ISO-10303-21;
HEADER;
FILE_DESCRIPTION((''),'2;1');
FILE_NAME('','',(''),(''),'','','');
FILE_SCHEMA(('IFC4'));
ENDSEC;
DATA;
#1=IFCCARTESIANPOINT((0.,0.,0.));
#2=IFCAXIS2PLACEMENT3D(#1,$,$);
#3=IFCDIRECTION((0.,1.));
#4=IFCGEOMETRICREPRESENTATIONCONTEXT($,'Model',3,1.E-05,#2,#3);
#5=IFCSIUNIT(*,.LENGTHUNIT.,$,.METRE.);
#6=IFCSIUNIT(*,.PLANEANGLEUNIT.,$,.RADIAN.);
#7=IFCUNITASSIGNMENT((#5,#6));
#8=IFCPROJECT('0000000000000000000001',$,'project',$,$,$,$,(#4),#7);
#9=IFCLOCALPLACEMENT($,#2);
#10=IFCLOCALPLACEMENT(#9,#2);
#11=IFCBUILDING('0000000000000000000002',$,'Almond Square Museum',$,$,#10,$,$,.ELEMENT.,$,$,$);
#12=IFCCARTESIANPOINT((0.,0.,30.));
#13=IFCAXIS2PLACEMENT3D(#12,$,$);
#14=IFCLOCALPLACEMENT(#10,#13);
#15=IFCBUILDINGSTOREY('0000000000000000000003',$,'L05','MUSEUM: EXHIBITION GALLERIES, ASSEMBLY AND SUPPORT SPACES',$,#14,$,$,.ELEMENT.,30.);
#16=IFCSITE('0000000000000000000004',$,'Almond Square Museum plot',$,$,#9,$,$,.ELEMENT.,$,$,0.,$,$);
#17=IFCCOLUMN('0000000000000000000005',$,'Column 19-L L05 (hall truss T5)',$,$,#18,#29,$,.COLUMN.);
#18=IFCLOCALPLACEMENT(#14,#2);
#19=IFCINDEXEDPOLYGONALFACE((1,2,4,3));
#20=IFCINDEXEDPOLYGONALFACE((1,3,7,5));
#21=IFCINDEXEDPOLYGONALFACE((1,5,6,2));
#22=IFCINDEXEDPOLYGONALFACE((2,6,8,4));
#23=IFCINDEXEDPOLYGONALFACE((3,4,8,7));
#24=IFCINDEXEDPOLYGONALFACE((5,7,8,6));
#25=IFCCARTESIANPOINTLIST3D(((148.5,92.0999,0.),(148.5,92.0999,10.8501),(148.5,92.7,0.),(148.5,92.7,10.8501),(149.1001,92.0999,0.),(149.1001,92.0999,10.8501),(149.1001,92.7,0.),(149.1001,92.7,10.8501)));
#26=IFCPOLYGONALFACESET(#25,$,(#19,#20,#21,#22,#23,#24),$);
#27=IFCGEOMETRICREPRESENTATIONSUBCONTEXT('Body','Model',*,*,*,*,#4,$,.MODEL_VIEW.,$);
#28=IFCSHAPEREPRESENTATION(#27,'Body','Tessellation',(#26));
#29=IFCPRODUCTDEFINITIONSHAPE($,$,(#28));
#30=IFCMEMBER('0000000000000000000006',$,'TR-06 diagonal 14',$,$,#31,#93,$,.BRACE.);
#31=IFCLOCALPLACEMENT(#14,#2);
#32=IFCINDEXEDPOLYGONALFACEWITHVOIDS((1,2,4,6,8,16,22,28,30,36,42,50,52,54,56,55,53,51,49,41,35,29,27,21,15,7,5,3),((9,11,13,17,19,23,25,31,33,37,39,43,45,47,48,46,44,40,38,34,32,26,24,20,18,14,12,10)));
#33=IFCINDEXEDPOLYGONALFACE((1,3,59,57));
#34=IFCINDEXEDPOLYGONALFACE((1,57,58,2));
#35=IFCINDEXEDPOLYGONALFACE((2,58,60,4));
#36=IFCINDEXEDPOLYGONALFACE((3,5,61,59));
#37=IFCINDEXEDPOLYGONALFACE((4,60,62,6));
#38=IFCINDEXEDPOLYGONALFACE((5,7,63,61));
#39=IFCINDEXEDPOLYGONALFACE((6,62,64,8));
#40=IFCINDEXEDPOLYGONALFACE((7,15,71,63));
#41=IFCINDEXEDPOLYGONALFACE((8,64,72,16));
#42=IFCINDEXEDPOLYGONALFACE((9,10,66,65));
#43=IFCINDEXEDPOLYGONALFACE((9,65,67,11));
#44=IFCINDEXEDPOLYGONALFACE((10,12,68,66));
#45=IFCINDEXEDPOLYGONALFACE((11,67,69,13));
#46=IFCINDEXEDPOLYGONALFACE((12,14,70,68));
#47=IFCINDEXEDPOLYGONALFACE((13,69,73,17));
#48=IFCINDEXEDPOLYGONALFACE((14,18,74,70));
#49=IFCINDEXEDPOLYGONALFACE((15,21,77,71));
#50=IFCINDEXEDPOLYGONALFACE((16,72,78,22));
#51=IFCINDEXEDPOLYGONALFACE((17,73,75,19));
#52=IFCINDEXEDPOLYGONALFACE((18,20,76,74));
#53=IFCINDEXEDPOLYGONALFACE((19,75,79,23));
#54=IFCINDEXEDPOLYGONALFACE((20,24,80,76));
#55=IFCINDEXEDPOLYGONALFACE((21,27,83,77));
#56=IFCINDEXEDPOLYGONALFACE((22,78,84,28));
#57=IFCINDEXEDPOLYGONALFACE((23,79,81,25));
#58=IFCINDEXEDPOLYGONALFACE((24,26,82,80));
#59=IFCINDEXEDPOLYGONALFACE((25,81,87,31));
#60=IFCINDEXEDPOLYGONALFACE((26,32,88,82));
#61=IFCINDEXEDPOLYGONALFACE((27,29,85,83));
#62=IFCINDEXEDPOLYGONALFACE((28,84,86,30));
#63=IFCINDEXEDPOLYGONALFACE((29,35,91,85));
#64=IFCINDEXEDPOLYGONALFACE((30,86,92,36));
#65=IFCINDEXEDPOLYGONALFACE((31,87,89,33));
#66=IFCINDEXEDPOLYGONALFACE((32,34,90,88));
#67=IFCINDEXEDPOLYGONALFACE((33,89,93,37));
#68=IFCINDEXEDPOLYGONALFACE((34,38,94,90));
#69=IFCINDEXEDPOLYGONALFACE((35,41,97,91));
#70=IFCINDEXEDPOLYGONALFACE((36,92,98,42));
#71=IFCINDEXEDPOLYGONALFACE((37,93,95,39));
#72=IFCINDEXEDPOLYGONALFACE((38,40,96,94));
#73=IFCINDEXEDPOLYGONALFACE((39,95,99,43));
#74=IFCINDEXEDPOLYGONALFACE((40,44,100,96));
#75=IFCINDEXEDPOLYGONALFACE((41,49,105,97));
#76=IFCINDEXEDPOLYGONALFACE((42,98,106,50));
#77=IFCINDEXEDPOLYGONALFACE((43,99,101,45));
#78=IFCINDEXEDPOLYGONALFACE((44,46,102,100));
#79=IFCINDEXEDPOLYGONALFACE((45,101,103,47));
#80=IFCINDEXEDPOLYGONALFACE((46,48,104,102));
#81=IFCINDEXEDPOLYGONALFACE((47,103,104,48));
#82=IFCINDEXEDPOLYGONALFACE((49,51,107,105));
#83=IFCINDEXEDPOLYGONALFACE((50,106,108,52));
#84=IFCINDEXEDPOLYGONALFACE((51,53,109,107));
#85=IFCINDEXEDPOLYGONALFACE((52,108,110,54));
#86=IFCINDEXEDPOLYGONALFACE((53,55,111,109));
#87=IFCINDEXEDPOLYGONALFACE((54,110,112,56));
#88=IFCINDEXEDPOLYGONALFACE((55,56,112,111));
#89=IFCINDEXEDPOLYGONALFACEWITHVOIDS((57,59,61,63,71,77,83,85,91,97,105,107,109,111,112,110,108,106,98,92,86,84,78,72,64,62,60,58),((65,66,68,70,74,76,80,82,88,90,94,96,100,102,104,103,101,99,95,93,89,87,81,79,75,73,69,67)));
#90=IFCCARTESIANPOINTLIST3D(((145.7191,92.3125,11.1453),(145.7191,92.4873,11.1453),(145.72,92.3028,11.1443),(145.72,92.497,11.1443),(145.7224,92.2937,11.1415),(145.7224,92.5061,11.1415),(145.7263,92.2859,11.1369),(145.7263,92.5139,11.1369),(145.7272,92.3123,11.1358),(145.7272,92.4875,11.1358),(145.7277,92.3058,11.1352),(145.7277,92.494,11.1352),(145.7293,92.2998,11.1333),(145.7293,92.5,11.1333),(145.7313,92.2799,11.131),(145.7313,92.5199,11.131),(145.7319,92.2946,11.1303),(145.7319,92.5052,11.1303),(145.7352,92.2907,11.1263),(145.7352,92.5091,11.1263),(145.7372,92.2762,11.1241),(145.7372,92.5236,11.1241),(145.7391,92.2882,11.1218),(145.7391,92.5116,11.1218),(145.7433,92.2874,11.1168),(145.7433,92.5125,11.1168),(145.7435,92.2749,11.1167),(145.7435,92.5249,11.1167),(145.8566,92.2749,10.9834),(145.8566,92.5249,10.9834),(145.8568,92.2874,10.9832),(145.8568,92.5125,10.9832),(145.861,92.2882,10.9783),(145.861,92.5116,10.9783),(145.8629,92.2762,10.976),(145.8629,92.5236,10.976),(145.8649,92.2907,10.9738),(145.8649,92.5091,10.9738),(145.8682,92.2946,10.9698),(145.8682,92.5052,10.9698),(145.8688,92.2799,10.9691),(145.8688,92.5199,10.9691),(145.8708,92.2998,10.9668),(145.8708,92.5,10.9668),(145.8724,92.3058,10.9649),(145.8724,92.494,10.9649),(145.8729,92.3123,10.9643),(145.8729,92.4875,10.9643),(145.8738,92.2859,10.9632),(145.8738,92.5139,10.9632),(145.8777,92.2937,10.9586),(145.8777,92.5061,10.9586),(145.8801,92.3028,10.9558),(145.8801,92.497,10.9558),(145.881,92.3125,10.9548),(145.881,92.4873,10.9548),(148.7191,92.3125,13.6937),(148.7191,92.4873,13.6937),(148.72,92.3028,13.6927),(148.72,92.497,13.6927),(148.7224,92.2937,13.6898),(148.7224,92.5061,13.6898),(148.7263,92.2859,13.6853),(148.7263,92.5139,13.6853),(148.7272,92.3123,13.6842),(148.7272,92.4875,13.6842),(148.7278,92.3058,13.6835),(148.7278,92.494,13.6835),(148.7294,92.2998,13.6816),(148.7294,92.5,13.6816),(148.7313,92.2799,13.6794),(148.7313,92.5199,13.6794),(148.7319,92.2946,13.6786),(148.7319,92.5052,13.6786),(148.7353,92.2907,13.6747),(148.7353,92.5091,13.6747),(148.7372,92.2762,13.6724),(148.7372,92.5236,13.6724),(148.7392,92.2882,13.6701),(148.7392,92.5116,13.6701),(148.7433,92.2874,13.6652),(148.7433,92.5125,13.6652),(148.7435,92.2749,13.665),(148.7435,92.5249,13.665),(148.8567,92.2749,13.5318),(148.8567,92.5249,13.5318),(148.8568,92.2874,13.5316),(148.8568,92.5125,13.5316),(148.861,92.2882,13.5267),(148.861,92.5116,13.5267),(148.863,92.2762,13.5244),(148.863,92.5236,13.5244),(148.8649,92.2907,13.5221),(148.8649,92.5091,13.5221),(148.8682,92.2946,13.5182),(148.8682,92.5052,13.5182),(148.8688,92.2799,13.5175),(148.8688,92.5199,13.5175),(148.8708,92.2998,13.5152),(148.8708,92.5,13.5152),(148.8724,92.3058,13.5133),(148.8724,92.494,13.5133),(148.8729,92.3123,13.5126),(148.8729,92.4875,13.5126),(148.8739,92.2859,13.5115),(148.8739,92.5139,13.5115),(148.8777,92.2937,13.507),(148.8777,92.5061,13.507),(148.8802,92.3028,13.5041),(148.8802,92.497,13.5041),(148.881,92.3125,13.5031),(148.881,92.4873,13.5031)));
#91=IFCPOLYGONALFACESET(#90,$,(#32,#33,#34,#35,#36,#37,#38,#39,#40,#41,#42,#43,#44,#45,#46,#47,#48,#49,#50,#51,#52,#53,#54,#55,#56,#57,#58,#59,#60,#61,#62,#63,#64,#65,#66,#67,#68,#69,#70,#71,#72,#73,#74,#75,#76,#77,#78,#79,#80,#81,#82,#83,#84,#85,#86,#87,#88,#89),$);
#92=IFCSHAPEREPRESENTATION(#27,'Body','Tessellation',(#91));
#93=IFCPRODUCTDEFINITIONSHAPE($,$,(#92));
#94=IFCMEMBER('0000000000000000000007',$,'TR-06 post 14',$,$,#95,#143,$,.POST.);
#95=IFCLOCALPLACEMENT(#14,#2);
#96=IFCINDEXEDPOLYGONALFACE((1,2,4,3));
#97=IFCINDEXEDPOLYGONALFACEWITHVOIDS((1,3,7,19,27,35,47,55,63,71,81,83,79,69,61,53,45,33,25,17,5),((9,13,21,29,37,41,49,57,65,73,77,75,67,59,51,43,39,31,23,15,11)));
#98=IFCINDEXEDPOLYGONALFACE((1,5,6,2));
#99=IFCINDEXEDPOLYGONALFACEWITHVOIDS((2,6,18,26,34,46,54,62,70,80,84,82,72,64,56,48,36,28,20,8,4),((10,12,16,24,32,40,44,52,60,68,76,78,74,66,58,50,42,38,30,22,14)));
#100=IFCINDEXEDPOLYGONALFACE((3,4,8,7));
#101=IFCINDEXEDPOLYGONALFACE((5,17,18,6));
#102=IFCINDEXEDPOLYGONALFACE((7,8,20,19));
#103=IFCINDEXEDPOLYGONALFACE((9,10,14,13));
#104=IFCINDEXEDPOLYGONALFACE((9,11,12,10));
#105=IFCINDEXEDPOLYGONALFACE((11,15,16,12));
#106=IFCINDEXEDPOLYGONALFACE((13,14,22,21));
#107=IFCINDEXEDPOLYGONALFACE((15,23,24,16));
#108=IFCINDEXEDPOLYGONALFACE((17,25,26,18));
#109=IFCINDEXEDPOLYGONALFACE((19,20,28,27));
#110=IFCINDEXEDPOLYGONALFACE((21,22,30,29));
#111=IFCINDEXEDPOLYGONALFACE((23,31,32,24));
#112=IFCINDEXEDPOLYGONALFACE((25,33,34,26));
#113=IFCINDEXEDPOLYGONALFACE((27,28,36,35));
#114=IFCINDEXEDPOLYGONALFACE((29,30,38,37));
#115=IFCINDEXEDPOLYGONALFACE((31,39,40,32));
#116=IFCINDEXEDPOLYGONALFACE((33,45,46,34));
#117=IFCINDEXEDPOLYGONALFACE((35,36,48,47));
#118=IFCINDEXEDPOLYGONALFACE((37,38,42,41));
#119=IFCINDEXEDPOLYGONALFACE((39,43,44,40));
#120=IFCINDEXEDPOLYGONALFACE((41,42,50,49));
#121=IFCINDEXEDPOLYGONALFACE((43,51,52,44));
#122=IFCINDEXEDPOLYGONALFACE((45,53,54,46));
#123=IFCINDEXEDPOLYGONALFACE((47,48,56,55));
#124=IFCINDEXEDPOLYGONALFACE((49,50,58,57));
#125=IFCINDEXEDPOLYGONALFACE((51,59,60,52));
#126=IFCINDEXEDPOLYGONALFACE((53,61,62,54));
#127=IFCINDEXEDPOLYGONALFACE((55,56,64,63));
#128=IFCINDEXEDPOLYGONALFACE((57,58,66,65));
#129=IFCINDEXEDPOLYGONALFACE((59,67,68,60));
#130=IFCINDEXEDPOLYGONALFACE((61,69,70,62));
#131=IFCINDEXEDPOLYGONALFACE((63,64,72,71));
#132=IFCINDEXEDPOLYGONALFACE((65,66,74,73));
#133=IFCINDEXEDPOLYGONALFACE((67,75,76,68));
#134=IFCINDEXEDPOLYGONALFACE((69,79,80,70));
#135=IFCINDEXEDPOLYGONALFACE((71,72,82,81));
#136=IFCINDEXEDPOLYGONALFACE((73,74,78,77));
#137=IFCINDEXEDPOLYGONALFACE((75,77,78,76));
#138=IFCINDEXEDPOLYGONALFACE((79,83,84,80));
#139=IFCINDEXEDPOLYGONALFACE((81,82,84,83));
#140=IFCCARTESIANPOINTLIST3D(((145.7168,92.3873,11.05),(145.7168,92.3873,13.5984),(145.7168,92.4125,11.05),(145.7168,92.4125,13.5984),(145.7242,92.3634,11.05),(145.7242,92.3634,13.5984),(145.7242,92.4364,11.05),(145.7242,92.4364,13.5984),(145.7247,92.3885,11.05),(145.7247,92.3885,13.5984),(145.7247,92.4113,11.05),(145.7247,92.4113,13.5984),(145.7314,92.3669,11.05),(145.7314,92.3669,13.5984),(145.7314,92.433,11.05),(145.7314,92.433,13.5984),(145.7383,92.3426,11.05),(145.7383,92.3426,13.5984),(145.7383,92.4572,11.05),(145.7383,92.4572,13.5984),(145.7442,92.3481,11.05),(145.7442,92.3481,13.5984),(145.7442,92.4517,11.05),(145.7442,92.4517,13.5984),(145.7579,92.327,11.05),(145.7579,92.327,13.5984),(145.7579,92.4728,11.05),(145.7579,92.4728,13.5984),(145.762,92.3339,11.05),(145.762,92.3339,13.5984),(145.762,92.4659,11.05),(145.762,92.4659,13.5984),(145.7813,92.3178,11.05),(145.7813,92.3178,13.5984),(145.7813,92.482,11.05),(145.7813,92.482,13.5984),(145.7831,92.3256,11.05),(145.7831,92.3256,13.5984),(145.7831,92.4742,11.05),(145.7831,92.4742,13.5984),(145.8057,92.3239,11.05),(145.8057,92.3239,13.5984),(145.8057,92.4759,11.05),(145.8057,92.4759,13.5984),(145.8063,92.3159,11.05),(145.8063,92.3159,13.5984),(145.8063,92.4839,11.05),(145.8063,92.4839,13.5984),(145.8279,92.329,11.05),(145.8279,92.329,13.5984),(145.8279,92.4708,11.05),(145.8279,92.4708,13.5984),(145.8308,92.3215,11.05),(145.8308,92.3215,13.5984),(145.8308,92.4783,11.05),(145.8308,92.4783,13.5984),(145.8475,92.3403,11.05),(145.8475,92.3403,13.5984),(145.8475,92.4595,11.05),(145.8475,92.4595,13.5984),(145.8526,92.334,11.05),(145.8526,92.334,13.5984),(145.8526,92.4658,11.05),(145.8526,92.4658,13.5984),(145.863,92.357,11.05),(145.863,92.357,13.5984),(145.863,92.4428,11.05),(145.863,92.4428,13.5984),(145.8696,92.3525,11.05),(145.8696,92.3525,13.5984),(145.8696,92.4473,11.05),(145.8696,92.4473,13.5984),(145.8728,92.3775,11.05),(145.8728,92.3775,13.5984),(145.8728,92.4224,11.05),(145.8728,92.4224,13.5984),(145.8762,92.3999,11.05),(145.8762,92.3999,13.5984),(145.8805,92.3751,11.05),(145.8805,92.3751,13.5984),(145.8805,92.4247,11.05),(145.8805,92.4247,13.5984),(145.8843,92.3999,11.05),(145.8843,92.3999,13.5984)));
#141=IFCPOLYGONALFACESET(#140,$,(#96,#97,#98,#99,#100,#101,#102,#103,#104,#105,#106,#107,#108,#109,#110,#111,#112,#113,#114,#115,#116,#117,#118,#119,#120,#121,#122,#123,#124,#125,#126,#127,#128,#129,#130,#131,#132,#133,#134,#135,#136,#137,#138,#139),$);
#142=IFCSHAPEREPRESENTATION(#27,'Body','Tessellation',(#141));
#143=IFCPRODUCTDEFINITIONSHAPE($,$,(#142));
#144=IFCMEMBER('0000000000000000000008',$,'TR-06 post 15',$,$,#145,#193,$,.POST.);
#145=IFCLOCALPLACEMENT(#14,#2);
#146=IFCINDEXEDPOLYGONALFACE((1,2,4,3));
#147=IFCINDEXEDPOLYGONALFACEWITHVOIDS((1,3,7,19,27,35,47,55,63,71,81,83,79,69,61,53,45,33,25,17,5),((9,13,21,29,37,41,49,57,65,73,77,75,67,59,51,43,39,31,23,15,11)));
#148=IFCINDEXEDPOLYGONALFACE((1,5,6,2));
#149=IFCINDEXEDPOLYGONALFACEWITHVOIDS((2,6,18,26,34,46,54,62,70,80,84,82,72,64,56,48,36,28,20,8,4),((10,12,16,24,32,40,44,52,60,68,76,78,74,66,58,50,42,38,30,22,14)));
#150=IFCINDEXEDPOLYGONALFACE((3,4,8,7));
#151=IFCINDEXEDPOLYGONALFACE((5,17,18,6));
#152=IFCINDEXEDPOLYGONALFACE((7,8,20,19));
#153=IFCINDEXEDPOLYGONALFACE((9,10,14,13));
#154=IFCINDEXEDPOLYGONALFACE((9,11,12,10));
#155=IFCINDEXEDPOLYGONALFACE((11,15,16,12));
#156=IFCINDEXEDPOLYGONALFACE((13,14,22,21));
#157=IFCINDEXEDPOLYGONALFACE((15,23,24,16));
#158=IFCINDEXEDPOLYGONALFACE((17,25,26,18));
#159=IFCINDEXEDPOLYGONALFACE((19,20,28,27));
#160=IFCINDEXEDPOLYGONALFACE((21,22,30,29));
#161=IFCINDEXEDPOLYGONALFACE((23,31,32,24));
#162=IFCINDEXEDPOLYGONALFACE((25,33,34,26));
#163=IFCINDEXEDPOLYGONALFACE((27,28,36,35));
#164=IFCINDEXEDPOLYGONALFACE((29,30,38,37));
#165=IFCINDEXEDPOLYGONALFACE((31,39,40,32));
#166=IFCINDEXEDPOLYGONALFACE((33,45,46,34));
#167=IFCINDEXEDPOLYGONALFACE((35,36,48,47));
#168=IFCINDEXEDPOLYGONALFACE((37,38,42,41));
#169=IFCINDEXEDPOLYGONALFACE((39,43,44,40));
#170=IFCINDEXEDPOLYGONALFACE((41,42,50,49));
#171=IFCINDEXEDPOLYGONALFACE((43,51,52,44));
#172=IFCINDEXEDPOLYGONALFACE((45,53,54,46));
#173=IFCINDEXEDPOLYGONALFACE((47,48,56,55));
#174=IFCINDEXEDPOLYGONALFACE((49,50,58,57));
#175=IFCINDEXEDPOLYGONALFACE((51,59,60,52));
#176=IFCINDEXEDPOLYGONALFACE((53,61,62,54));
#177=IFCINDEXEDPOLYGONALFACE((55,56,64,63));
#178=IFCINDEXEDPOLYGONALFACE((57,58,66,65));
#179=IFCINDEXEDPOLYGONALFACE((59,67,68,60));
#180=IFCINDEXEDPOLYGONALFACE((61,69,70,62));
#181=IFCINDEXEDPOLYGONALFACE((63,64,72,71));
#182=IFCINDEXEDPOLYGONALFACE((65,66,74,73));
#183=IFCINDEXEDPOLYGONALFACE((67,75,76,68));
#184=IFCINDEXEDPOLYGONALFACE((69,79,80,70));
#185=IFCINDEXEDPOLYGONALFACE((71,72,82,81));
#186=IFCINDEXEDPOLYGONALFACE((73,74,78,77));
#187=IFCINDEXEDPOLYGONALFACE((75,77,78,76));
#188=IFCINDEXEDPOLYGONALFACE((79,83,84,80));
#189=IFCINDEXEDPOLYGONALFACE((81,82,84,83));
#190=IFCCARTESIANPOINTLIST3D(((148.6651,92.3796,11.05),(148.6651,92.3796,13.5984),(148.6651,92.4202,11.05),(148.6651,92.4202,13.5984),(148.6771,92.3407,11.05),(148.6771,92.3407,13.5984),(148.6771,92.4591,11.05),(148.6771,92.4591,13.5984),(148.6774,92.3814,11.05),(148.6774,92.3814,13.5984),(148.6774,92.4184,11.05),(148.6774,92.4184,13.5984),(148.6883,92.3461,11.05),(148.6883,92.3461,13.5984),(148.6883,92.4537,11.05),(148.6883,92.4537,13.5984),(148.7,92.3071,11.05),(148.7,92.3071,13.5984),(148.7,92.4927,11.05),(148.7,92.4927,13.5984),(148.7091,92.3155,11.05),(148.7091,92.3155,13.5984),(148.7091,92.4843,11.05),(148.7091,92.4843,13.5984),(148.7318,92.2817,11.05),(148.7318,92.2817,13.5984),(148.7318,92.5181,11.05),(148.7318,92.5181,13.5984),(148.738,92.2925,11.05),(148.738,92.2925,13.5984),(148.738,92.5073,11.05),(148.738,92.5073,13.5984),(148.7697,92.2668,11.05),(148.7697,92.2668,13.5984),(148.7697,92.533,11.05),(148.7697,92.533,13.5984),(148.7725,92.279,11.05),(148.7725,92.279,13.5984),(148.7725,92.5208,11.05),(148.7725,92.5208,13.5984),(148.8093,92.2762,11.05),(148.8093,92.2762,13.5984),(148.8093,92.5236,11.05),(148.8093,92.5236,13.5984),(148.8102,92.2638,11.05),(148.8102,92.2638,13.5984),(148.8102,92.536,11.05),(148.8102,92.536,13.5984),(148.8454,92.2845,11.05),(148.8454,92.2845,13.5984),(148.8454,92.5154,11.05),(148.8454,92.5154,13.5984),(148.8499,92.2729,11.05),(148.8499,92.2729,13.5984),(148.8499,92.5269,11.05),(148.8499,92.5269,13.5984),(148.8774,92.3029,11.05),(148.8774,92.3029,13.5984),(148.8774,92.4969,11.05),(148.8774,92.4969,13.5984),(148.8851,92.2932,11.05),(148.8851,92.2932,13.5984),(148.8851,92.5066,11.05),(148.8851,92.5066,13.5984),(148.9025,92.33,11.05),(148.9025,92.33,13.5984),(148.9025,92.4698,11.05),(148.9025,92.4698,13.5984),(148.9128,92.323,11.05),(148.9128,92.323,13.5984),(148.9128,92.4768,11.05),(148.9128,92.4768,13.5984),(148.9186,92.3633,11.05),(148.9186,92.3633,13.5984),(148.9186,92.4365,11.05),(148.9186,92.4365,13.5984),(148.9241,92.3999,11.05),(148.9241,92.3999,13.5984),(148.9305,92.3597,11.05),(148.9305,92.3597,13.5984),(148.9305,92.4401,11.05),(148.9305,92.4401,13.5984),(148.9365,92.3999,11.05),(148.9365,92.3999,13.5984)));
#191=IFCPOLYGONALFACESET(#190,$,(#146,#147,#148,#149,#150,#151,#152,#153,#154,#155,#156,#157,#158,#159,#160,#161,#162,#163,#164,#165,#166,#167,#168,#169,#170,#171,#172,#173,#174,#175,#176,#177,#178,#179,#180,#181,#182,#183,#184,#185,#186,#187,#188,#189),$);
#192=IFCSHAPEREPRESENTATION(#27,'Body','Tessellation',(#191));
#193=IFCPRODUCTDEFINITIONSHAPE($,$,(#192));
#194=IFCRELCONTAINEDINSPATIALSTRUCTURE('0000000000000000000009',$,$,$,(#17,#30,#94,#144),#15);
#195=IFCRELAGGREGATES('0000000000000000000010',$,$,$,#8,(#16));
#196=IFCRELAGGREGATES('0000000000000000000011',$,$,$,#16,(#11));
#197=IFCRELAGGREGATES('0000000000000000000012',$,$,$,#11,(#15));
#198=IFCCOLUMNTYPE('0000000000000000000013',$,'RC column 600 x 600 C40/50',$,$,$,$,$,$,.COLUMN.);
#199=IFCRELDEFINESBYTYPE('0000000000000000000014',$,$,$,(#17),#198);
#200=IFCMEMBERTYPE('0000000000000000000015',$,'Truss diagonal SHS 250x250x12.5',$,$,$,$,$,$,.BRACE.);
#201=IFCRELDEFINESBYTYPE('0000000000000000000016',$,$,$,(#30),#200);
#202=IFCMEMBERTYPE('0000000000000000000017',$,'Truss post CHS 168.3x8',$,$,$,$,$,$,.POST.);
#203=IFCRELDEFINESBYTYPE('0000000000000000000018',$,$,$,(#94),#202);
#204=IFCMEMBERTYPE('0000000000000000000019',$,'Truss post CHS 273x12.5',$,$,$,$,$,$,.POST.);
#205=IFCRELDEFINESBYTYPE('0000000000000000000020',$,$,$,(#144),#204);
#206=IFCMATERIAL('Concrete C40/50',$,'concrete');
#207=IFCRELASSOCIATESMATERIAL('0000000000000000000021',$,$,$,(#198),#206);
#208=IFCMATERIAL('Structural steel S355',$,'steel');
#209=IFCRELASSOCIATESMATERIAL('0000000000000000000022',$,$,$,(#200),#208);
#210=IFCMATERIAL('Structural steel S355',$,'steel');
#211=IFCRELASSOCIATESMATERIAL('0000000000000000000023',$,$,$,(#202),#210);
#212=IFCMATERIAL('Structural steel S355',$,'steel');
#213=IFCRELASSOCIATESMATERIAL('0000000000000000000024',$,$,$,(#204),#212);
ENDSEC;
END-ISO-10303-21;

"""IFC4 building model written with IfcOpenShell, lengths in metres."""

from ifc_helpers import new_model, si_unit, direction, frame, origin, origin_2d, place, context, subcontext, project, spatial, rectangle, hollow_rectangle, hollow_circle, extrude, material, material_profile, profile_set, type_object, element, save


model = new_model("IFC4")

# Units and contexts
model_context = context("Model", 3, precision=1e-05, world=origin(), true_north=direction((0.0, 1.0)))
body_context = subcontext(model_context, "Body", "Model", "MODEL_VIEW")
ifc_project = project(units=[si_unit("LENGTHUNIT", "METRE"), si_unit("PLANEANGLEUNIT", "RADIAN")], contexts=[model_context])

# Site, building, storey
site_placement = place(None, origin())
site = spatial("IfcSite", under=ifc_project, at=site_placement, Name="Almond Square Museum plot", CompositionType="ELEMENT", RefElevation=0.0)
building_placement = place(site_placement, origin())
building = spatial("IfcBuilding", under=site, at=building_placement, Name="Almond Square Museum", CompositionType="ELEMENT")
storey_placement = place(building_placement, frame((0.0, 0.0, 30.0)))
storey = spatial("IfcBuildingStorey", under=building, at=storey_placement, Name="L05", Description="MUSEUM: EXHIBITION GALLERIES, ASSEMBLY AND SUPPORT SPACES", CompositionType="ELEMENT", Elevation=30.0)

# Column
ifc_material_1 = material(Name="Concrete C40/50", Category="concrete")
ifc_material_profile_1 = material_profile(ifc_material_1, rectangle(XDim=0.6001, YDim=0.6001, at=origin_2d()))
ifc_profile_set_1 = profile_set([ifc_material_profile_1], Name="Concrete C40/50")
column_type = type_object("IfcColumnType", Name="RC column 600 x 600 C40/50", PredefinedType="COLUMN", material=ifc_profile_set_1)
column_placement = place(storey_placement, frame((148.8, 92.3999, 0.0), z_axis=(0.0, 0.0, 1.0), x_axis=(1.0, 0.0, 0.0)))
element("IfcColumn", 1, at=column_placement, inside=storey, type_object=column_type, Name="Column 19-L L05 (hall truss T5)", PredefinedType="COLUMN", context=body_context, shape_type="SweptSolid", body=[
    extrude(rectangle(XDim=0.6001, YDim=0.6001, at=origin_2d()), origin(), (0.0, 0.0, 1.0), 10.8501),
])

# Members
ifc_material_2 = material(Name="Structural steel S355", Category="steel")
ifc_material_profile_2 = material_profile(ifc_material_2, hollow_rectangle(XDim=0.25, YDim=0.25, WallThickness=0.0125, InnerFilletRadius=0.0249, OuterFilletRadius=0.0376, at=origin_2d()))
ifc_profile_set_2 = profile_set([ifc_material_profile_2], Name="Structural steel S355")
member_type_1 = type_object("IfcMemberType", Name="Truss diagonal SHS 250x250x12.5", PredefinedType="BRACE", material=ifc_profile_set_2)
member_1_placement = place(storey_placement, frame((145.8, 92.3999, 11.05), z_axis=(0.762147, 0.0, 0.647404), x_axis=(0.0, 1.0, 0.0)))
element("IfcMember", 2, at=member_1_placement, inside=storey, type_object=member_type_1, Name="TR-06 diagonal 14", PredefinedType="BRACE", context=body_context, shape_type="SweptSolid", body=[
    extrude(hollow_rectangle(XDim=0.25, YDim=0.25, WallThickness=0.0125, InnerFilletRadius=0.0249, OuterFilletRadius=0.0376, at=origin_2d()), origin(), (0.0, 0.0, 1.0), 3.9363),
])
ifc_material_3 = material(Name="Structural steel S355", Category="steel")
ifc_material_profile_3 = material_profile(ifc_material_3, hollow_circle(Radius=0.0842, WallThickness=0.0081, at=origin_2d()))
ifc_profile_set_3 = profile_set([ifc_material_profile_3], Name="Structural steel S355")
member_type_2 = type_object("IfcMemberType", Name="Truss post CHS 168.3x8", PredefinedType="POST", material=ifc_profile_set_3)
member_2_placement = place(storey_placement, frame((145.8, 92.3999, 11.05), z_axis=(0.0, 0.0, 1.0), x_axis=(1.0, 0.0, 0.0)))
element("IfcMember", 3, at=member_2_placement, inside=storey, type_object=member_type_2, Name="TR-06 post 14", PredefinedType="POST", context=body_context, shape_type="SweptSolid", body=[
    extrude(hollow_circle(Radius=0.0842, WallThickness=0.0081, at=origin_2d()), origin(), (0.0, 0.0, 1.0), 2.5483),
])
ifc_material_4 = material(Name="Structural steel S355", Category="steel")
ifc_material_profile_4 = material_profile(ifc_material_4, hollow_circle(Radius=0.1365, WallThickness=0.0125, at=origin_2d()))
ifc_profile_set_4 = profile_set([ifc_material_profile_4], Name="Structural steel S355")
member_type_3 = type_object("IfcMemberType", Name="Truss post CHS 273x12.5", PredefinedType="POST", material=ifc_profile_set_4)
member_3_placement = place(storey_placement, frame((148.8, 92.3999, 11.05), z_axis=(0.0, 0.0, 1.0), x_axis=(1.0, 0.0, 0.0)))
element("IfcMember", 4, at=member_3_placement, inside=storey, type_object=member_type_3, Name="TR-06 post 15", PredefinedType="POST", context=body_context, shape_type="SweptSolid", body=[
    extrude(hollow_circle(Radius=0.1365, WallThickness=0.0125, at=origin_2d()), origin(), (0.0, 0.0, 1.0), 2.5483),
])

save(model, "model.ifc")
